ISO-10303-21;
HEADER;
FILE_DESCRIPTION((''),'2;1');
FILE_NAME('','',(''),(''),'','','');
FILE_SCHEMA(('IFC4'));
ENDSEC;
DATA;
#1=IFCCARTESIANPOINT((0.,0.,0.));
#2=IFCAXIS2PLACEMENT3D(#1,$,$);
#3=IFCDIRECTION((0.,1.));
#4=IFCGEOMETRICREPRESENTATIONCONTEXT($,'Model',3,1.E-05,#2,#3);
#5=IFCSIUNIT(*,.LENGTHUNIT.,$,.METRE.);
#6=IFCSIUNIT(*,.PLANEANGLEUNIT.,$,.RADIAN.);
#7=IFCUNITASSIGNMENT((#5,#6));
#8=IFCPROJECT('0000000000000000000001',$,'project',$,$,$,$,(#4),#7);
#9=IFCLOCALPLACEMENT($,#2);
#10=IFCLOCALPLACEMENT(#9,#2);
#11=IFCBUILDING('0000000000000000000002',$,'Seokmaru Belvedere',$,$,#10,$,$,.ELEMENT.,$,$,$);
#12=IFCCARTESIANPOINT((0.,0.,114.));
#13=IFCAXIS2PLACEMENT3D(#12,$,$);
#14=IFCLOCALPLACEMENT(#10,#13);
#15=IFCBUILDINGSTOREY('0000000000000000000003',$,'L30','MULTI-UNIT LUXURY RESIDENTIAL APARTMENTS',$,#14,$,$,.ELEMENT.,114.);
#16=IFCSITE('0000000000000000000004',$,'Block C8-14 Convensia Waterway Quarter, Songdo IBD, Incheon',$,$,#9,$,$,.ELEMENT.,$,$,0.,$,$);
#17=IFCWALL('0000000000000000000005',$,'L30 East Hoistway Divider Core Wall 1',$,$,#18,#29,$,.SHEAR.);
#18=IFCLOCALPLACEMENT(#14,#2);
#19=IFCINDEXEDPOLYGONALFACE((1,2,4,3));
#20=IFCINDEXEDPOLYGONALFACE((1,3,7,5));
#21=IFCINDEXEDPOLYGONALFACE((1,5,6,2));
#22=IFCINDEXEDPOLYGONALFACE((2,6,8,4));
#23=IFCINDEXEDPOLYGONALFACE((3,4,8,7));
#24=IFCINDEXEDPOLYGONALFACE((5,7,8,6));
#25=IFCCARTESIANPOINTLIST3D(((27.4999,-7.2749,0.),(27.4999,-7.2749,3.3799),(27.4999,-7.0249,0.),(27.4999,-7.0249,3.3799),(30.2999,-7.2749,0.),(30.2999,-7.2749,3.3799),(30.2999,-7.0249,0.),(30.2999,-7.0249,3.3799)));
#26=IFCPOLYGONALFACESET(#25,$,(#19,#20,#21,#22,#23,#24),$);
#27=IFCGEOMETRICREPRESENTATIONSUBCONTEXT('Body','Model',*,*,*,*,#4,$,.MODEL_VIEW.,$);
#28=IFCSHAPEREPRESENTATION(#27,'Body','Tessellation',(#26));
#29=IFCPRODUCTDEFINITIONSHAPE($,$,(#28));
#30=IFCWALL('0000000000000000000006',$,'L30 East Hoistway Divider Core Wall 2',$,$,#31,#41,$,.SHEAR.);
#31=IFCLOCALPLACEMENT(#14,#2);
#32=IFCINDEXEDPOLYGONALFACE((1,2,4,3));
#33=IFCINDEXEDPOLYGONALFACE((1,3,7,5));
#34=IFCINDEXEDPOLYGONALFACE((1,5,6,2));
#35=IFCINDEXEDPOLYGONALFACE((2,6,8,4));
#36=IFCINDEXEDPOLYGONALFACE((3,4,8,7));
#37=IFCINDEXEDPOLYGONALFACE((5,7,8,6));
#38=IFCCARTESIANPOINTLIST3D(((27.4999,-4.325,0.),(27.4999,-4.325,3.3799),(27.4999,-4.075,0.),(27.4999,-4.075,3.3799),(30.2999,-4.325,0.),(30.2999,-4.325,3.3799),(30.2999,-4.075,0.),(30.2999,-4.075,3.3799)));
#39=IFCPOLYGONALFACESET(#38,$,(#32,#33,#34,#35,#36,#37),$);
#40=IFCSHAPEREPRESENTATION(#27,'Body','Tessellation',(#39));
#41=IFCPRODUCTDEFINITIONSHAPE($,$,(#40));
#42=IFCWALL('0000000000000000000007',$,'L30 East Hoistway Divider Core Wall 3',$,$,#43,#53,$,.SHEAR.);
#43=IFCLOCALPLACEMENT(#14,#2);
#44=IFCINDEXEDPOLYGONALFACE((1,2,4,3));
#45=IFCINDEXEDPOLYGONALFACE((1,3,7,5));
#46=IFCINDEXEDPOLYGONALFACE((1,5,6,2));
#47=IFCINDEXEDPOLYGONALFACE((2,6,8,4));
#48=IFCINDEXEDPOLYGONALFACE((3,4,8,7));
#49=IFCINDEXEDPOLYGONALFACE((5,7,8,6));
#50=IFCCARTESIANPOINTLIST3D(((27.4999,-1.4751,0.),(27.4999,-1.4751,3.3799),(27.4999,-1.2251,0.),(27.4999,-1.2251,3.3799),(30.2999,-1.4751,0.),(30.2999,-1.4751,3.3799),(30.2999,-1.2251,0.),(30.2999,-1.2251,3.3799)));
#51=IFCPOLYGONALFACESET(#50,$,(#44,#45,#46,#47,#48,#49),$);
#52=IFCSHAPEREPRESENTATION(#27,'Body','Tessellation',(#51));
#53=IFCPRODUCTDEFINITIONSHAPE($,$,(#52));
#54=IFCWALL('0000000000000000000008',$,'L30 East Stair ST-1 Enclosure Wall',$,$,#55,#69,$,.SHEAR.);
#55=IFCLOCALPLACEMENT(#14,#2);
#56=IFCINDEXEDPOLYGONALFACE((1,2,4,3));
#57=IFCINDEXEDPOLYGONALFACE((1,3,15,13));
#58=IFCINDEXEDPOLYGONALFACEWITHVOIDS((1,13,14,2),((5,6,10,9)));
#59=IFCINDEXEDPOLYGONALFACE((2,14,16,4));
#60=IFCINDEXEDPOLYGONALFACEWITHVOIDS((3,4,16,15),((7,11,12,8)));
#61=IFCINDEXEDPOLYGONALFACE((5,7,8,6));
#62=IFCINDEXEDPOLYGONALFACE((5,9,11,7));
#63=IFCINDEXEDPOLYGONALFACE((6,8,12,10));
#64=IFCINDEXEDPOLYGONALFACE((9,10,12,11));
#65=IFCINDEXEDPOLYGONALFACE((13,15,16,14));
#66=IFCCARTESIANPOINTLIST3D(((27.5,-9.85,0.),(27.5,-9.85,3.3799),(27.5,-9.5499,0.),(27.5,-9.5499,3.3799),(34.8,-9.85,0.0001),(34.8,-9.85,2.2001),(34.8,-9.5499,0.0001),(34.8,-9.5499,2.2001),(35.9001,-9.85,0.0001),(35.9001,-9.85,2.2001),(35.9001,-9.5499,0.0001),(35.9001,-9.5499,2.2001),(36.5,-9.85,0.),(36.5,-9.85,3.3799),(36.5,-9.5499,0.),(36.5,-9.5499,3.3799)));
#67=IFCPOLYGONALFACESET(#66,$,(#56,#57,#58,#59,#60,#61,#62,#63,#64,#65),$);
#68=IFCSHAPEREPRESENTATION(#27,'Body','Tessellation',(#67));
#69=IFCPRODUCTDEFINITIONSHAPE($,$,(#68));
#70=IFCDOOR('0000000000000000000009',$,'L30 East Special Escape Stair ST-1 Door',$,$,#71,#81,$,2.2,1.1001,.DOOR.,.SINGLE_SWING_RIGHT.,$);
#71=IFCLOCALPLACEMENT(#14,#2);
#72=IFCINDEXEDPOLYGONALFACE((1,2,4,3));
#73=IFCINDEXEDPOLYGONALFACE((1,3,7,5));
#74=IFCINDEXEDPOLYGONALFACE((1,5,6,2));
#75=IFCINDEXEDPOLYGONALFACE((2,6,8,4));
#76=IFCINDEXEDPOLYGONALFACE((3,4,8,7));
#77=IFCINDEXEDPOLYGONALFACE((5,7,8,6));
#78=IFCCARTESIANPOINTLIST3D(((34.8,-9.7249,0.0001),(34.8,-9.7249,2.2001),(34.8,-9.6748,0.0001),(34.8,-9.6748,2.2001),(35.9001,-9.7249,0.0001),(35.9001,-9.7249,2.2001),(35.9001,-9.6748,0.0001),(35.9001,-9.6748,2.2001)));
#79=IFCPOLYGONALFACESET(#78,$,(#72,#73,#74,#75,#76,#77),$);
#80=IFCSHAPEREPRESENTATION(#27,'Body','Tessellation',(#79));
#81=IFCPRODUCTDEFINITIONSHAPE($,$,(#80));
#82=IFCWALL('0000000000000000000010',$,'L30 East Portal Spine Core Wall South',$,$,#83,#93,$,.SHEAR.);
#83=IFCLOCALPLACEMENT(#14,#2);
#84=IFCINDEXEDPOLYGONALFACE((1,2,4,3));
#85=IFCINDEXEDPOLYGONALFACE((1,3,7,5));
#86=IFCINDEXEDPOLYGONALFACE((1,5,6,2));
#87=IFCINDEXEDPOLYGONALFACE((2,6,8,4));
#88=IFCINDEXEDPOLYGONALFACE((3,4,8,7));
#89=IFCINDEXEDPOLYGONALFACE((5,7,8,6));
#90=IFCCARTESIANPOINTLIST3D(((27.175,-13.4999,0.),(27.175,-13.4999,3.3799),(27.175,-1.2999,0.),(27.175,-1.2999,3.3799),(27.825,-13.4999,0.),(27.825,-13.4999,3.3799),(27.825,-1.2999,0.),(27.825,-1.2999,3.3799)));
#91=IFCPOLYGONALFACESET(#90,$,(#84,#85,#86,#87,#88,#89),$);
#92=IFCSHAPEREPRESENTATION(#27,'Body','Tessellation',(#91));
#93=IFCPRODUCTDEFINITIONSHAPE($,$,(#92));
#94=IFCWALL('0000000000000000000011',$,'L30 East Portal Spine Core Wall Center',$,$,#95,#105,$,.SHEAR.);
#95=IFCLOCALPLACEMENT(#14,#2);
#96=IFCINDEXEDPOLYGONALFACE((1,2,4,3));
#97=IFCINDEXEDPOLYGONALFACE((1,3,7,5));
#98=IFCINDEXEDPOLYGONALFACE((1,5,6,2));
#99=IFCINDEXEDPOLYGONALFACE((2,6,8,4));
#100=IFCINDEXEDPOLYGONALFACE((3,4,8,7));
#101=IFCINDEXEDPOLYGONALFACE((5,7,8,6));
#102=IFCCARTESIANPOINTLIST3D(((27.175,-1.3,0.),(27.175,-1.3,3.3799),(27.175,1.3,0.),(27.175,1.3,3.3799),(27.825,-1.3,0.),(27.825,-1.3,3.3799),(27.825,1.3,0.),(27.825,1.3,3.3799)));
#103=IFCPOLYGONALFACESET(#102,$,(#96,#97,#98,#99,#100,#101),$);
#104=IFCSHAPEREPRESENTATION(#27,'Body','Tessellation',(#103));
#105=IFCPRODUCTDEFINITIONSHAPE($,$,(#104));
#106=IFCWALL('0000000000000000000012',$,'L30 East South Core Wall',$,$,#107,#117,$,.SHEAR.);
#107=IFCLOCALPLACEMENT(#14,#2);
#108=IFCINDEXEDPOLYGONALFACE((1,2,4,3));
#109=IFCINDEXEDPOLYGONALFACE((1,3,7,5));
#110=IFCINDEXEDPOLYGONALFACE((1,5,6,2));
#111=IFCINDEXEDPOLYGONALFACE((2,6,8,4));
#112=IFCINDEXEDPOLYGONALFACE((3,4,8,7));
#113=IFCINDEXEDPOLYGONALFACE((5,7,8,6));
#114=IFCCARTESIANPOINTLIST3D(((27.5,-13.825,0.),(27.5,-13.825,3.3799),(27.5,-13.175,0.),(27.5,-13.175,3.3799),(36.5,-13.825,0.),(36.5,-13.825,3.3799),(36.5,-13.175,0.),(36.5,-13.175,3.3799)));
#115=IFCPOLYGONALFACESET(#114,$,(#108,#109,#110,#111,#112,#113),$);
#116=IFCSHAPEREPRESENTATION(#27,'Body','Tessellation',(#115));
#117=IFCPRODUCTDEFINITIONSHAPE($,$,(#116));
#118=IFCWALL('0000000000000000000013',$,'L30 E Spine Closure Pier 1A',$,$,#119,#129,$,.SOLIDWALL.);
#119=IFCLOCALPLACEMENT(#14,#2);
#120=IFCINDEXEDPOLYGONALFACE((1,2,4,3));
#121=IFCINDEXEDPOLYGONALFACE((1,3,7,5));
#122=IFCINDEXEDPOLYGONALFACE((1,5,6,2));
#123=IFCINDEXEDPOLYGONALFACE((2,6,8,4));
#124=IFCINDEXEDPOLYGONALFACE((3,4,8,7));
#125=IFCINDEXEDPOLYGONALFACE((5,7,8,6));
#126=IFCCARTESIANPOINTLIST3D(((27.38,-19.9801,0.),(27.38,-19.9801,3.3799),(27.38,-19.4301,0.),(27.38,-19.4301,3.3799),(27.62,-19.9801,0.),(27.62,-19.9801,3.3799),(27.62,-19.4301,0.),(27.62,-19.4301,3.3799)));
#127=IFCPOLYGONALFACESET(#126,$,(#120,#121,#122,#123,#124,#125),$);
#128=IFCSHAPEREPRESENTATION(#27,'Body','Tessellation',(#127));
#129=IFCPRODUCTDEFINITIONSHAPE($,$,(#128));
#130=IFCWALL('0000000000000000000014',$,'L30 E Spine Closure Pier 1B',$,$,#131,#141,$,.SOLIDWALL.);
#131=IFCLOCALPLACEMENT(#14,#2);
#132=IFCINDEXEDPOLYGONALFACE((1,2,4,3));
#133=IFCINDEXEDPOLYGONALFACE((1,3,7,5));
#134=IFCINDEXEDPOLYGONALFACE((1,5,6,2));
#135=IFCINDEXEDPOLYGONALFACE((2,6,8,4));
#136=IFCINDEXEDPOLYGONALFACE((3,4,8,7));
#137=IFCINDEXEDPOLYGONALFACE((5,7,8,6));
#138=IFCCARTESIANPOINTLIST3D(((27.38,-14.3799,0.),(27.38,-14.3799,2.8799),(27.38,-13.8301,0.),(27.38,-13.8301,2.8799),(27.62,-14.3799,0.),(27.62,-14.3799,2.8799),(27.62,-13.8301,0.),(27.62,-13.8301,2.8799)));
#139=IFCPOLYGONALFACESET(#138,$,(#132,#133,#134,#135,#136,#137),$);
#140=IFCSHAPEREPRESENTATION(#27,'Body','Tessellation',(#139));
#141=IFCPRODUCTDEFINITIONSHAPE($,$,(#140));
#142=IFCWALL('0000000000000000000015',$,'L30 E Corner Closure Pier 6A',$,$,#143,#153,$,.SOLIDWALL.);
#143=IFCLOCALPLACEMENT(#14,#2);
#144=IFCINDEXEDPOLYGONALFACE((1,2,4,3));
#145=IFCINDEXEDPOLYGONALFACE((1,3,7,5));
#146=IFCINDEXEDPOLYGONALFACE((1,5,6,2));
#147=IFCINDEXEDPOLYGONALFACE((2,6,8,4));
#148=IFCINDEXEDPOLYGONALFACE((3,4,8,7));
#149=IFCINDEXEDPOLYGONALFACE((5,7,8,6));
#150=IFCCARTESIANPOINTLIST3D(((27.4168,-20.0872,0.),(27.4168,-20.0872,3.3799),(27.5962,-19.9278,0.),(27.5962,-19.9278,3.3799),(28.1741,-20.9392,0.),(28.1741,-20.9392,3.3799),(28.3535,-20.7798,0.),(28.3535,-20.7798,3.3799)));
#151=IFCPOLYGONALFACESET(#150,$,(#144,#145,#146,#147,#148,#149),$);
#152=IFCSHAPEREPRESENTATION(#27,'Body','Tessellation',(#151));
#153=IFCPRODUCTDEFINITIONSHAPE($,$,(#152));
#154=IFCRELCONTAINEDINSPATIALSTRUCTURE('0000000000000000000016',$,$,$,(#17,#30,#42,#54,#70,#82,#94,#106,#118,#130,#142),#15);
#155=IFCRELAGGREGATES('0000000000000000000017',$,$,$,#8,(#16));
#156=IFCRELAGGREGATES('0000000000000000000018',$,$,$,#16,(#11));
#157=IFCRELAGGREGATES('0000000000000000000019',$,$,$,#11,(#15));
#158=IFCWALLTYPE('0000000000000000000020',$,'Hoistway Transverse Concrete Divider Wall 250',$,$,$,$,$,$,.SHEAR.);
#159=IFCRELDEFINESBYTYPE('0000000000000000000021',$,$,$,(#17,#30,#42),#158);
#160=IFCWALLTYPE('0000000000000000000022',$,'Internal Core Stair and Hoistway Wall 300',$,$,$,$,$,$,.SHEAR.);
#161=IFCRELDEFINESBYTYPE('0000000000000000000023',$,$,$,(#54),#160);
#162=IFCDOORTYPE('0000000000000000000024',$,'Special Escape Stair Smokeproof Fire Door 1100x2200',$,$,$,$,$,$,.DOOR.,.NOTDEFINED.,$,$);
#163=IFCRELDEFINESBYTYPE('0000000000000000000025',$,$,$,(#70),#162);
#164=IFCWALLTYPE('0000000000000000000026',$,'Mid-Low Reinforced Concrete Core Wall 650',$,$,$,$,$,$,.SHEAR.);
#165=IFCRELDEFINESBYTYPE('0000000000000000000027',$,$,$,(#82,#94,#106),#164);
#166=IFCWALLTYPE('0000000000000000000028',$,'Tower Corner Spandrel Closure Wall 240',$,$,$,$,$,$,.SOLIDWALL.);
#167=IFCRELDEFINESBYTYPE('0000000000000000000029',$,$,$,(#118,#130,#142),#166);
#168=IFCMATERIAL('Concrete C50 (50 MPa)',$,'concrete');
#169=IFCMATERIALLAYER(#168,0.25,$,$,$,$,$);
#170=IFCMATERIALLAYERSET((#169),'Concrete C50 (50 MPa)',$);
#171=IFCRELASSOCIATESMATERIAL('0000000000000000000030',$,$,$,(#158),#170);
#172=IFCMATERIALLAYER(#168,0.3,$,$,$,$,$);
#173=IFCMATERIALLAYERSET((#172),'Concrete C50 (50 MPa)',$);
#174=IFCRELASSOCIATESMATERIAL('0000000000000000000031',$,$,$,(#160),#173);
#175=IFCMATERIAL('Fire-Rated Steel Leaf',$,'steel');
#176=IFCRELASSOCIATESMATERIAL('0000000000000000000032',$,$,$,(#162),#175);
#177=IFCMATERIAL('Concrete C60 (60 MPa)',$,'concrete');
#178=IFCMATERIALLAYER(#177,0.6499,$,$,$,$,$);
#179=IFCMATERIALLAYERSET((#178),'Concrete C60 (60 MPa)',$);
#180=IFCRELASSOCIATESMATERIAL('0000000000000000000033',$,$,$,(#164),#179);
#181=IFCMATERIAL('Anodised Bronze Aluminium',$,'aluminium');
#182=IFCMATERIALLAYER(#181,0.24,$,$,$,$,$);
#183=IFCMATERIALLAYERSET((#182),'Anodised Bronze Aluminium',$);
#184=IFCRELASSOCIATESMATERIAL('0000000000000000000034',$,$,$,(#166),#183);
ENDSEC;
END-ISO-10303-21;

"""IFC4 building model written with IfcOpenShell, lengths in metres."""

from ifc_helpers import new_model, si_unit, direction, frame, frame_2d, origin, place, context, subcontext, project, spatial, rectangle, extrude, source, transform, mapped, material, layer, layer_set, type_object, type_shapes, element, fill, save


model = new_model("IFC4")

# Units and contexts
model_context = context("Model", 3, precision=1e-05, world=origin(), true_north=direction((0.0, 1.0)))
body_context = subcontext(model_context, "Body", "Model", "MODEL_VIEW")
ifc_project = project(units=[si_unit("LENGTHUNIT", "METRE"), si_unit("PLANEANGLEUNIT", "RADIAN")], contexts=[model_context])

# Site, building, storey
site_placement = place(None, origin())
site = spatial("IfcSite", under=ifc_project, at=site_placement, Name="Block C8-14 Convensia Waterway Quarter, Songdo IBD, Incheon", CompositionType="ELEMENT", RefElevation=0.0)
building_placement = place(site_placement, origin())
building = spatial("IfcBuilding", under=site, at=building_placement, Name="Seokmaru Belvedere", CompositionType="ELEMENT")
storey_placement = place(building_placement, frame((0.0, 0.0, 114.0)))
storey = spatial("IfcBuildingStorey", under=building, at=storey_placement, Name="L30", Description="MULTI-UNIT LUXURY RESIDENTIAL APARTMENTS", CompositionType="ELEMENT", Elevation=114.0)

# Shared definitions
ifc_material_1 = material(Name="Anodised Bronze Aluminium", Category="aluminium")

# Walls
ifc_material_2 = material(Name="Concrete C50 (50 MPa)", Category="concrete")
ifc_layer_1 = layer(ifc_material_2, 0.25)
ifc_layer_set_1 = layer_set([ifc_layer_1], Name="Concrete C50 (50 MPa)")
wall_type_1 = type_object("IfcWallType", Name="Hoistway Transverse Concrete Divider Wall 250", PredefinedType="SHEAR", material=ifc_layer_set_1)
for number, where, z_axis, x_axis, name in (
    (1, (27.5, -7.1499, 0.0), (0.0, 0.0, 1.0), (1.0, 0.0, 0.0), "L30 East Hoistway Divider Core Wall 1"),
    (2, (27.5, -4.2, 0.0), (0.0, 0.0, 1.0), (1.0, 0.0, 0.0), "L30 East Hoistway Divider Core Wall 2"),
    (3, (27.5, -1.3501, 0.0), (0.0, 0.0, 1.0), (1.0, 0.0, 0.0), "L30 East Hoistway Divider Core Wall 3"),
):
    element("IfcWall", number, at=place(storey_placement, frame(where, z_axis=z_axis, x_axis=x_axis)), inside=storey, type_object=wall_type_1, Name=name, PredefinedType="SHEAR", context=body_context, shape_type="SweptSolid", body=[
        extrude(rectangle(XDim=2.8, YDim=0.25, at=frame_2d((1.3999, 0.0))), origin(), (0.0, 0.0, 1.0), 3.3799),
    ])

# Wall, opening, door
ifc_layer_2 = layer(ifc_material_2, 0.3)
ifc_layer_set_2 = layer_set([ifc_layer_2], Name="Concrete C50 (50 MPa)")
wall_type_2 = type_object("IfcWallType", Name="Internal Core Stair and Hoistway Wall 300", PredefinedType="SHEAR", material=ifc_layer_set_2)
wall_1_placement = place(storey_placement, frame((27.5, -9.7, 0.0), z_axis=(0.0, 0.0, 1.0), x_axis=(1.0, 0.0, 0.0)))
wall_1 = element("IfcWall", 4, at=wall_1_placement, inside=storey, type_object=wall_type_2, Name="L30 East Stair ST-1 Enclosure Wall", PredefinedType="SHEAR", context=body_context, shape_type="SweptSolid", body=[
    extrude(rectangle(XDim=9.0, YDim=0.3, at=frame_2d((4.5, 0.0))), origin(), (0.0, 0.0, 1.0), 3.3799),
])
opening_1_placement = place(wall_1_placement, frame((7.3, 0.0, 0.0)))
opening_1 = element("IfcOpeningElement", 5, at=opening_1_placement, cuts=wall_1, PredefinedType="OPENING", context=body_context, shape_type="SweptSolid", body=[
    extrude(rectangle(XDim=1.1001, YDim=2.2, at=frame_2d((0.55, 1.1001))), frame((0.0, 0.1602, 0.0), z_axis=(0.0, -1.0, 0.0), x_axis=(1.0, 0.0, 0.0)), (0.0, 0.0, 1.0), 0.3201),
])
ifc_material_3 = material(Name="Fire-Rated Steel Leaf", Category="steel")
door_type = type_object("IfcDoorType", Name="Special Escape Stair Smokeproof Fire Door 1100x2200", OperationType="NOTDEFINED", PredefinedType="DOOR", material=ifc_material_3)
shared_shape_1 = source(origin(), body_context, "Body", "SweptSolid", [
    extrude(rectangle(XDim=1.1001, YDim=2.2, at=frame_2d((0.55, 1.1001))), frame((0.0, 0.0249, 0.0), z_axis=(0.0, -1.0, 0.0), x_axis=(1.0, 0.0, 0.0)), (0.0, 0.0, 1.0), 0.05),
])
type_shapes(door_type, [shared_shape_1])
door_placement = place(opening_1_placement, frame((1.1001, 0.0, 0.0), z_axis=(0.0, 0.0, 1.0), x_axis=(-1.0, 0.0, 0.0)))
door = element("IfcDoor", 6, at=door_placement, inside=storey, type_object=door_type, Name="L30 East Special Escape Stair ST-1 Door", OperationType="SINGLE_SWING_RIGHT", OverallHeight=2.2, OverallWidth=1.1001, PredefinedType="DOOR", context=body_context, shape_type="MappedRepresentation", body=[
    mapped(shared_shape_1, transform((0.0, 0.0, 0.0), scale=1.0)),
])
fill(opening_1, door)

# Walls
ifc_material_4 = material(Name="Concrete C60 (60 MPa)", Category="concrete")
ifc_layer_3 = layer(ifc_material_4, 0.6499)
ifc_layer_set_3 = layer_set([ifc_layer_3], Name="Concrete C60 (60 MPa)")
wall_type_3 = type_object("IfcWallType", Name="Mid-Low Reinforced Concrete Core Wall 650", PredefinedType="SHEAR", material=ifc_layer_set_3)
wall_2_placement = place(storey_placement, frame((27.5, -13.5, 0.0), z_axis=(0.0, 0.0, 1.0), x_axis=(0.0, 1.0, 0.0)))
element("IfcWall", 7, at=wall_2_placement, inside=storey, type_object=wall_type_3, Name="L30 East Portal Spine Core Wall South", PredefinedType="SHEAR", context=body_context, shape_type="SweptSolid", body=[
    extrude(rectangle(XDim=12.2, YDim=0.6499, at=frame_2d((6.1001, 0.0))), origin(), (0.0, 0.0, 1.0), 3.3799),
])
wall_3_placement = place(storey_placement, frame((27.5, -1.3, 0.0), z_axis=(0.0, 0.0, 1.0), x_axis=(0.0, 1.0, 0.0)))
element("IfcWall", 8, at=wall_3_placement, inside=storey, type_object=wall_type_3, Name="L30 East Portal Spine Core Wall Center", PredefinedType="SHEAR", context=body_context, shape_type="SweptSolid", body=[
    extrude(rectangle(XDim=2.6001, YDim=0.6499, at=frame_2d((1.3, 0.0))), origin(), (0.0, 0.0, 1.0), 3.3799),
])
wall_4_placement = place(storey_placement, frame((27.5, -13.5, 0.0), z_axis=(0.0, 0.0, 1.0), x_axis=(1.0, 0.0, 0.0)))
element("IfcWall", 9, at=wall_4_placement, inside=storey, type_object=wall_type_3, Name="L30 East South Core Wall", PredefinedType="SHEAR", context=body_context, shape_type="SweptSolid", body=[
    extrude(rectangle(XDim=9.0, YDim=0.6499, at=frame_2d((4.5, 0.0))), origin(), (0.0, 0.0, 1.0), 3.3799),
])
ifc_layer_4 = layer(ifc_material_1, 0.24)
ifc_layer_set_4 = layer_set([ifc_layer_4], Name="Anodised Bronze Aluminium")
wall_type_4 = type_object("IfcWallType", Name="Tower Corner Spandrel Closure Wall 240", PredefinedType="SOLIDWALL", material=ifc_layer_set_4)
wall_5_placement = place(storey_placement, frame((27.5, -19.98, 0.0), z_axis=(0.0, 0.0, 1.0), x_axis=(0.0, 1.0, 0.0)))
element("IfcWall", 10, at=wall_5_placement, inside=storey, type_object=wall_type_4, Name="L30 E Spine Closure Pier 1A", PredefinedType="SOLIDWALL", context=body_context, shape_type="SweptSolid", body=[
    extrude(rectangle(XDim=0.55, YDim=0.24, at=frame_2d((0.2749, 0.0))), origin(), (0.0, 0.0, 1.0), 3.3799),
])
wall_6_placement = place(storey_placement, frame((27.5, -14.3799, 0.0), z_axis=(0.0, 0.0, 1.0), x_axis=(0.0, 1.0, 0.0)))
element("IfcWall", 11, at=wall_6_placement, inside=storey, type_object=wall_type_4, Name="L30 E Spine Closure Pier 1B", PredefinedType="SOLIDWALL", context=body_context, shape_type="SweptSolid", body=[
    extrude(rectangle(XDim=0.5498, YDim=0.24, at=frame_2d((0.2749, 0.0))), origin(), (0.0, 0.0, 1.0), 2.8799),
])
wall_7_placement = place(storey_placement, frame((27.5066, -20.0076, 0.0), z_axis=(0.0, 0.0, 1.0), x_axis=(0.664337, -0.747433, 0.0)))
element("IfcWall", 12, at=wall_7_placement, inside=storey, type_object=wall_type_4, Name="L30 E Corner Closure Pier 6A", PredefinedType="SOLIDWALL", context=body_context, shape_type="SweptSolid", body=[
    extrude(rectangle(XDim=1.1399, YDim=0.24, at=frame_2d((0.5698, 0.0))), origin(), (0.0, 0.0, 1.0), 3.3799),
])

save(model, "model.ifc")
